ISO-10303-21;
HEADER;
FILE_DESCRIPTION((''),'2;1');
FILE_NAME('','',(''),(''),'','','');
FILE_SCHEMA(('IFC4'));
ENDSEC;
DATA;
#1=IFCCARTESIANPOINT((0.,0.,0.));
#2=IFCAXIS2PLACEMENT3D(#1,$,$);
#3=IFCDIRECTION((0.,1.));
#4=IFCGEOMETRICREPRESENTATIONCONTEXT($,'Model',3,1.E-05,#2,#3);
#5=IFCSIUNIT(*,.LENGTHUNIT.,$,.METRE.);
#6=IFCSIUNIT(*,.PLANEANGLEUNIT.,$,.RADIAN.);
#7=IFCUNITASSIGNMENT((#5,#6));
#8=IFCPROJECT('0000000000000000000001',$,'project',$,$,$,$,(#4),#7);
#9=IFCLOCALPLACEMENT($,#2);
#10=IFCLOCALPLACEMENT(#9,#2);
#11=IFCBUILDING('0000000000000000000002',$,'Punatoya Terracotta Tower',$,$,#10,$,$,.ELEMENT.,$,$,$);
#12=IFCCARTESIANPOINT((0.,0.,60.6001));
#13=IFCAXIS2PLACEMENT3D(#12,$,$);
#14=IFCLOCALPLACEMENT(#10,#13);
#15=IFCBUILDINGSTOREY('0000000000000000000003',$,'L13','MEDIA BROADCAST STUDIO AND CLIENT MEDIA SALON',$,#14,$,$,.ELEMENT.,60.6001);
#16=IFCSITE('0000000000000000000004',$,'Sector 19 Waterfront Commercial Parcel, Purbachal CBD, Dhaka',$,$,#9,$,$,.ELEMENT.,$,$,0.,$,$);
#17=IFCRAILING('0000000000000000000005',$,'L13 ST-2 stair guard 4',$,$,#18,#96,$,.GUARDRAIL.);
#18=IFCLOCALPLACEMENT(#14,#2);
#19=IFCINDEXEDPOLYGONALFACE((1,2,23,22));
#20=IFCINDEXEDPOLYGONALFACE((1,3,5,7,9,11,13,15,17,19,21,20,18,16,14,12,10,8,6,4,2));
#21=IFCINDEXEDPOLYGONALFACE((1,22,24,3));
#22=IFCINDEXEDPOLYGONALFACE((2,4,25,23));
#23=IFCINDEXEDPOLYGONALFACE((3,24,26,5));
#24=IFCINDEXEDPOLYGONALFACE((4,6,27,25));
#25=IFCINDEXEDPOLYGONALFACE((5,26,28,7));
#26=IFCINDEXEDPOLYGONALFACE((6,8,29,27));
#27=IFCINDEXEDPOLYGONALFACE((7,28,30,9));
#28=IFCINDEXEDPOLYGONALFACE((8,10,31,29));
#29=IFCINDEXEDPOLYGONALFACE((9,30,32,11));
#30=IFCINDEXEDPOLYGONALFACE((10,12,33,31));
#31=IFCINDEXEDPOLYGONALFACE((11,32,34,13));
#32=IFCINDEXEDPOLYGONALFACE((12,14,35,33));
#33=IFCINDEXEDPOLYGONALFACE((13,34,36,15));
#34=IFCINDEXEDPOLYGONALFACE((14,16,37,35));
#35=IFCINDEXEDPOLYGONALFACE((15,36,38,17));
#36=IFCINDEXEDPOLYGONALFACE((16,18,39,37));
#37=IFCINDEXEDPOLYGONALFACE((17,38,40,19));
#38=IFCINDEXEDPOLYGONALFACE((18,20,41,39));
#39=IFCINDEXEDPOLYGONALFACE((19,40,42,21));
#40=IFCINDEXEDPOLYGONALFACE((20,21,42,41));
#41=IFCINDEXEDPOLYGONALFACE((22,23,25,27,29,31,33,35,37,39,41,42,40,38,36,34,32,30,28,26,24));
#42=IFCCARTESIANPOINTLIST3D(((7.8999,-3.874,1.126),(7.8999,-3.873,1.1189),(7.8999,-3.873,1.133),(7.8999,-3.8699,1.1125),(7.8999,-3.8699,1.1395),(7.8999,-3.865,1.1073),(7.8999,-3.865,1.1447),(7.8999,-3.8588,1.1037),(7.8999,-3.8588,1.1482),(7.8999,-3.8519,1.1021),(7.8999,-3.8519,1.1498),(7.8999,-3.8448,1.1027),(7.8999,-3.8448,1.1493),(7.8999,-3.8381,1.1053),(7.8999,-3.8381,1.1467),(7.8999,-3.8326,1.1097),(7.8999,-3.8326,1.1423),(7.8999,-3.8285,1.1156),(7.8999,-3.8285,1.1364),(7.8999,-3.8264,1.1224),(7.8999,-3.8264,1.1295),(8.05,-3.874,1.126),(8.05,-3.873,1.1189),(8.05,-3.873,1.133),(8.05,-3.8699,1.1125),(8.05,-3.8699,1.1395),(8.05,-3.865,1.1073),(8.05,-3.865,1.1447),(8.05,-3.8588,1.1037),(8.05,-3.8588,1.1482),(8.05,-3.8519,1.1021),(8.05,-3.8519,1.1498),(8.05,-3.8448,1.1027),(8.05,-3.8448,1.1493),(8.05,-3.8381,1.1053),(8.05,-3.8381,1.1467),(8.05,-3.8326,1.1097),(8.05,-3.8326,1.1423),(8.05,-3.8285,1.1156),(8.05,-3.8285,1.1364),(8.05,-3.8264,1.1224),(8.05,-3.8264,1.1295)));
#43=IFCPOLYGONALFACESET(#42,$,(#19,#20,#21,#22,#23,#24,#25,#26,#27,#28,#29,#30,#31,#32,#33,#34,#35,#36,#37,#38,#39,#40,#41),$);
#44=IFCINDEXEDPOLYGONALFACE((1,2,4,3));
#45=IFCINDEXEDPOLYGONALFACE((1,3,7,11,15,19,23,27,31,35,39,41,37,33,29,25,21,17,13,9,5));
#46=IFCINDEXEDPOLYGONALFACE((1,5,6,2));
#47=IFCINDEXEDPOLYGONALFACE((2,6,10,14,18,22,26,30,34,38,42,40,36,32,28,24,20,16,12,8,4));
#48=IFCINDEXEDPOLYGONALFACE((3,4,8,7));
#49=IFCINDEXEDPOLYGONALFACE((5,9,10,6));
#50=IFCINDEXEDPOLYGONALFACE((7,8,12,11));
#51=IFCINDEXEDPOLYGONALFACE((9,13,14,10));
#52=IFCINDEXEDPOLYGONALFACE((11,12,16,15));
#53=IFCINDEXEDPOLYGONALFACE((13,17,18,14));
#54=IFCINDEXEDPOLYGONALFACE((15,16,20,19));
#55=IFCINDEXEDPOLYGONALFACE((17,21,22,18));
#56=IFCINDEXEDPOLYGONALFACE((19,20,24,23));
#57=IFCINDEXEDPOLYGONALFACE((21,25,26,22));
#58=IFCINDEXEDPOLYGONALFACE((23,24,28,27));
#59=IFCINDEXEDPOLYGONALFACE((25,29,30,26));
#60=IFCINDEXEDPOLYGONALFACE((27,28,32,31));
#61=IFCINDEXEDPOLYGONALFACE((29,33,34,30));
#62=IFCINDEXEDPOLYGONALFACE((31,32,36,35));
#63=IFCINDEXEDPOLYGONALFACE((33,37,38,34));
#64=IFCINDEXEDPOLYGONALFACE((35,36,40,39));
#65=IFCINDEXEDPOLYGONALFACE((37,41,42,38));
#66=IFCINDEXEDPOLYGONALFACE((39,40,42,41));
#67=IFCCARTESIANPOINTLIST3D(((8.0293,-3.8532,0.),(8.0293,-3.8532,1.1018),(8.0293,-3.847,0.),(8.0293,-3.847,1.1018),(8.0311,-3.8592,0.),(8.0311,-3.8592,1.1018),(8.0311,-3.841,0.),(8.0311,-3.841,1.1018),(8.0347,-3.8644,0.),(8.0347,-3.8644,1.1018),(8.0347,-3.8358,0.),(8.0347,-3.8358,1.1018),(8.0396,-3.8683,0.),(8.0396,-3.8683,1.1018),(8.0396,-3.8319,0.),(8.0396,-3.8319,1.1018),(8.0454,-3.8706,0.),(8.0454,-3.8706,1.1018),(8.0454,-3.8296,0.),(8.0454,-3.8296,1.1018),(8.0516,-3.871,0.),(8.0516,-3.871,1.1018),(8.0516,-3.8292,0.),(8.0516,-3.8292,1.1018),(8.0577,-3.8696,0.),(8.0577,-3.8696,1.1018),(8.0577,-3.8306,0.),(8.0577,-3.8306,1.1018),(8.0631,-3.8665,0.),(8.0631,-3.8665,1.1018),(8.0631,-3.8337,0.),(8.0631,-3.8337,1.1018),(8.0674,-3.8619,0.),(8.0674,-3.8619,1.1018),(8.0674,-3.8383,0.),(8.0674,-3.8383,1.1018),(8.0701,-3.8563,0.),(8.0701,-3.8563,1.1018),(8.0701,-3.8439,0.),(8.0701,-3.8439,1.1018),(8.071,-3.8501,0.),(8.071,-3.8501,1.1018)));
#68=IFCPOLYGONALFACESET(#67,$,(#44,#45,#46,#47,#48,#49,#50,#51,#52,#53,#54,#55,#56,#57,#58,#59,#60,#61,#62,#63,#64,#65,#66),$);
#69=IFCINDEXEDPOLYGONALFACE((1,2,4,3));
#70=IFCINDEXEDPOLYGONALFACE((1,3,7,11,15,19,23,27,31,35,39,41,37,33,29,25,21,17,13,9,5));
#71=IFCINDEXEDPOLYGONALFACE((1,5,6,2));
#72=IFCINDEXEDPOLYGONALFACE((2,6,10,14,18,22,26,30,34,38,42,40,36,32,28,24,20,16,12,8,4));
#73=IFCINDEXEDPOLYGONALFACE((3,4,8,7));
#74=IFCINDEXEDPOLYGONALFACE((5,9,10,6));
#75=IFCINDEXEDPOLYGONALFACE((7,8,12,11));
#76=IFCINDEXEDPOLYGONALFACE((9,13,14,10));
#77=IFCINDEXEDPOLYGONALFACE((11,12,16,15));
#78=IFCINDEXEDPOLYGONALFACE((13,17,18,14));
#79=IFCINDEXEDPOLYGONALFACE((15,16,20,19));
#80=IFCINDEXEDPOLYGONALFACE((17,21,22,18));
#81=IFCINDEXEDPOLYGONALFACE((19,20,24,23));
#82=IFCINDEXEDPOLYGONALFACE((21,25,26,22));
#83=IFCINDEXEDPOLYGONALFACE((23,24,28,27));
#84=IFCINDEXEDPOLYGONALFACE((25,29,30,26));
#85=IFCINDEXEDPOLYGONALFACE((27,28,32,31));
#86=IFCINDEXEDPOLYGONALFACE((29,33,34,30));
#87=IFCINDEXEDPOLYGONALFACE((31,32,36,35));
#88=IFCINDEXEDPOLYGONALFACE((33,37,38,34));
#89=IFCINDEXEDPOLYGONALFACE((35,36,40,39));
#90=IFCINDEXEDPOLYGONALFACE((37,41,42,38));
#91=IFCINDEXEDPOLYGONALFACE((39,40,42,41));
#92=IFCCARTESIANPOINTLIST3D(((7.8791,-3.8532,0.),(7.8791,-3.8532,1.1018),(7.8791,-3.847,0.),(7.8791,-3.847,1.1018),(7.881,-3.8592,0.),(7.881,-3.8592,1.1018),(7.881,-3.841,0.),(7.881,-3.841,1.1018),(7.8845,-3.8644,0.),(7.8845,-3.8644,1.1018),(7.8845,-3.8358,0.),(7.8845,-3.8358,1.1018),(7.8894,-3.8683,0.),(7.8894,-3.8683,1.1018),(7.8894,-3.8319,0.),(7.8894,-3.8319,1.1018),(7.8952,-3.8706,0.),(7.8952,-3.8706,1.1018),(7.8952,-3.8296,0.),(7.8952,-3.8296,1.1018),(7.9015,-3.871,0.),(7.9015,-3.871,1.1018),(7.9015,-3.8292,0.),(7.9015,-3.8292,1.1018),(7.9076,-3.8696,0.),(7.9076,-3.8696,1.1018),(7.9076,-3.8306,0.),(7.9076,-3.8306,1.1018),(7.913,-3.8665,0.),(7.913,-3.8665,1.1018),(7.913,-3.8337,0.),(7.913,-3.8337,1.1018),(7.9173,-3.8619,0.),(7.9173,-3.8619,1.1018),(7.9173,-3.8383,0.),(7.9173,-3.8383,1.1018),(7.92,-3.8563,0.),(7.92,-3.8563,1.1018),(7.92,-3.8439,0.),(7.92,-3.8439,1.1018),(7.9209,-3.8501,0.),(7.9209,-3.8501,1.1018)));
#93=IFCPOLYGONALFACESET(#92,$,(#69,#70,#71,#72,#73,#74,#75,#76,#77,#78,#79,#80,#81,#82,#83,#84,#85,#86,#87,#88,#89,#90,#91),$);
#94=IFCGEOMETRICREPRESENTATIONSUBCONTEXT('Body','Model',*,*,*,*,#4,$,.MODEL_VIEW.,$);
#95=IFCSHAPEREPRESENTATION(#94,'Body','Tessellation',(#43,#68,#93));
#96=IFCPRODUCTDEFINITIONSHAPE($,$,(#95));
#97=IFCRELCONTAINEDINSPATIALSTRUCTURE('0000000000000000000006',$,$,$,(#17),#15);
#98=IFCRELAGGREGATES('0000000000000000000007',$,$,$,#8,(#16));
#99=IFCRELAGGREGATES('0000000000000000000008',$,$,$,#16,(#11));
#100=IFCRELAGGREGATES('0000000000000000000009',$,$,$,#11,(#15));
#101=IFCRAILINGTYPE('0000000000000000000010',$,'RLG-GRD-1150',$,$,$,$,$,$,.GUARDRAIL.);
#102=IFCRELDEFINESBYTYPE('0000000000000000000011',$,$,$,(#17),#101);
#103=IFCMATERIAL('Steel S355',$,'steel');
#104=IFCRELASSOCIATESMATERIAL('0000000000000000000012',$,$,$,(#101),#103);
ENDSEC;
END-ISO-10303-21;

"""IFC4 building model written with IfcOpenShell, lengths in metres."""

from ifc_helpers import new_model, si_unit, direction, frame, origin, origin_2d, place, context, subcontext, project, spatial, circle, extrude, material, type_object, element, save


model = new_model("IFC4")

# Units and contexts
model_context = context("Model", 3, precision=1e-05, world=origin(), true_north=direction((0.0, 1.0)))
body_context = subcontext(model_context, "Body", "Model", "MODEL_VIEW")
ifc_project = project(units=[si_unit("LENGTHUNIT", "METRE"), si_unit("PLANEANGLEUNIT", "RADIAN")], contexts=[model_context])

# Site, building, storey
site_placement = place(None, origin())
site = spatial("IfcSite", under=ifc_project, at=site_placement, Name="Sector 19 Waterfront Commercial Parcel, Purbachal CBD, Dhaka", CompositionType="ELEMENT", RefElevation=0.0)
building_placement = place(site_placement, origin())
building = spatial("IfcBuilding", under=site, at=building_placement, Name="Punatoya Terracotta Tower", CompositionType="ELEMENT")
storey_placement = place(building_placement, frame((0.0, 0.0, 60.6001)))
storey = spatial("IfcBuildingStorey", under=building, at=storey_placement, Name="L13", Description="MEDIA BROADCAST STUDIO AND CLIENT MEDIA SALON", CompositionType="ELEMENT", Elevation=60.6001)

# Railing
ifc_material_1 = material(Name="Steel S355", Category="steel")
railing_type_1 = type_object("IfcRailingType", Name="RLG-GRD-1150", PredefinedType="GUARDRAIL", material=ifc_material_1)
railing_1_placement = place(storey_placement, frame((8.05, -3.8501, 0.0)))
element("IfcRailing", 1, at=railing_1_placement, inside=storey, type_object=railing_type_1, Name="L13 ST-2 stair guard 4", PredefinedType="GUARDRAIL", context=body_context, shape_type="SweptSolid", body=[
    extrude(circle(Radius=0.0239, at=origin_2d()), frame((0.0, 0.0, 1.126), z_axis=(-1.0, 0.0, 0.0), x_axis=(0.0, -1.0, 0.0)), (0.0, 0.0, 1.0), 0.1501),
    extrude(circle(Radius=0.021, at=origin_2d()), origin(), (0.0, 0.0, 1.0), 1.1018),
    extrude(circle(Radius=0.021, at=origin_2d()), frame((-0.1501, 0.0, 0.0)), (0.0, 0.0, 1.0), 1.1018),
])

save(model, "model.ifc")
